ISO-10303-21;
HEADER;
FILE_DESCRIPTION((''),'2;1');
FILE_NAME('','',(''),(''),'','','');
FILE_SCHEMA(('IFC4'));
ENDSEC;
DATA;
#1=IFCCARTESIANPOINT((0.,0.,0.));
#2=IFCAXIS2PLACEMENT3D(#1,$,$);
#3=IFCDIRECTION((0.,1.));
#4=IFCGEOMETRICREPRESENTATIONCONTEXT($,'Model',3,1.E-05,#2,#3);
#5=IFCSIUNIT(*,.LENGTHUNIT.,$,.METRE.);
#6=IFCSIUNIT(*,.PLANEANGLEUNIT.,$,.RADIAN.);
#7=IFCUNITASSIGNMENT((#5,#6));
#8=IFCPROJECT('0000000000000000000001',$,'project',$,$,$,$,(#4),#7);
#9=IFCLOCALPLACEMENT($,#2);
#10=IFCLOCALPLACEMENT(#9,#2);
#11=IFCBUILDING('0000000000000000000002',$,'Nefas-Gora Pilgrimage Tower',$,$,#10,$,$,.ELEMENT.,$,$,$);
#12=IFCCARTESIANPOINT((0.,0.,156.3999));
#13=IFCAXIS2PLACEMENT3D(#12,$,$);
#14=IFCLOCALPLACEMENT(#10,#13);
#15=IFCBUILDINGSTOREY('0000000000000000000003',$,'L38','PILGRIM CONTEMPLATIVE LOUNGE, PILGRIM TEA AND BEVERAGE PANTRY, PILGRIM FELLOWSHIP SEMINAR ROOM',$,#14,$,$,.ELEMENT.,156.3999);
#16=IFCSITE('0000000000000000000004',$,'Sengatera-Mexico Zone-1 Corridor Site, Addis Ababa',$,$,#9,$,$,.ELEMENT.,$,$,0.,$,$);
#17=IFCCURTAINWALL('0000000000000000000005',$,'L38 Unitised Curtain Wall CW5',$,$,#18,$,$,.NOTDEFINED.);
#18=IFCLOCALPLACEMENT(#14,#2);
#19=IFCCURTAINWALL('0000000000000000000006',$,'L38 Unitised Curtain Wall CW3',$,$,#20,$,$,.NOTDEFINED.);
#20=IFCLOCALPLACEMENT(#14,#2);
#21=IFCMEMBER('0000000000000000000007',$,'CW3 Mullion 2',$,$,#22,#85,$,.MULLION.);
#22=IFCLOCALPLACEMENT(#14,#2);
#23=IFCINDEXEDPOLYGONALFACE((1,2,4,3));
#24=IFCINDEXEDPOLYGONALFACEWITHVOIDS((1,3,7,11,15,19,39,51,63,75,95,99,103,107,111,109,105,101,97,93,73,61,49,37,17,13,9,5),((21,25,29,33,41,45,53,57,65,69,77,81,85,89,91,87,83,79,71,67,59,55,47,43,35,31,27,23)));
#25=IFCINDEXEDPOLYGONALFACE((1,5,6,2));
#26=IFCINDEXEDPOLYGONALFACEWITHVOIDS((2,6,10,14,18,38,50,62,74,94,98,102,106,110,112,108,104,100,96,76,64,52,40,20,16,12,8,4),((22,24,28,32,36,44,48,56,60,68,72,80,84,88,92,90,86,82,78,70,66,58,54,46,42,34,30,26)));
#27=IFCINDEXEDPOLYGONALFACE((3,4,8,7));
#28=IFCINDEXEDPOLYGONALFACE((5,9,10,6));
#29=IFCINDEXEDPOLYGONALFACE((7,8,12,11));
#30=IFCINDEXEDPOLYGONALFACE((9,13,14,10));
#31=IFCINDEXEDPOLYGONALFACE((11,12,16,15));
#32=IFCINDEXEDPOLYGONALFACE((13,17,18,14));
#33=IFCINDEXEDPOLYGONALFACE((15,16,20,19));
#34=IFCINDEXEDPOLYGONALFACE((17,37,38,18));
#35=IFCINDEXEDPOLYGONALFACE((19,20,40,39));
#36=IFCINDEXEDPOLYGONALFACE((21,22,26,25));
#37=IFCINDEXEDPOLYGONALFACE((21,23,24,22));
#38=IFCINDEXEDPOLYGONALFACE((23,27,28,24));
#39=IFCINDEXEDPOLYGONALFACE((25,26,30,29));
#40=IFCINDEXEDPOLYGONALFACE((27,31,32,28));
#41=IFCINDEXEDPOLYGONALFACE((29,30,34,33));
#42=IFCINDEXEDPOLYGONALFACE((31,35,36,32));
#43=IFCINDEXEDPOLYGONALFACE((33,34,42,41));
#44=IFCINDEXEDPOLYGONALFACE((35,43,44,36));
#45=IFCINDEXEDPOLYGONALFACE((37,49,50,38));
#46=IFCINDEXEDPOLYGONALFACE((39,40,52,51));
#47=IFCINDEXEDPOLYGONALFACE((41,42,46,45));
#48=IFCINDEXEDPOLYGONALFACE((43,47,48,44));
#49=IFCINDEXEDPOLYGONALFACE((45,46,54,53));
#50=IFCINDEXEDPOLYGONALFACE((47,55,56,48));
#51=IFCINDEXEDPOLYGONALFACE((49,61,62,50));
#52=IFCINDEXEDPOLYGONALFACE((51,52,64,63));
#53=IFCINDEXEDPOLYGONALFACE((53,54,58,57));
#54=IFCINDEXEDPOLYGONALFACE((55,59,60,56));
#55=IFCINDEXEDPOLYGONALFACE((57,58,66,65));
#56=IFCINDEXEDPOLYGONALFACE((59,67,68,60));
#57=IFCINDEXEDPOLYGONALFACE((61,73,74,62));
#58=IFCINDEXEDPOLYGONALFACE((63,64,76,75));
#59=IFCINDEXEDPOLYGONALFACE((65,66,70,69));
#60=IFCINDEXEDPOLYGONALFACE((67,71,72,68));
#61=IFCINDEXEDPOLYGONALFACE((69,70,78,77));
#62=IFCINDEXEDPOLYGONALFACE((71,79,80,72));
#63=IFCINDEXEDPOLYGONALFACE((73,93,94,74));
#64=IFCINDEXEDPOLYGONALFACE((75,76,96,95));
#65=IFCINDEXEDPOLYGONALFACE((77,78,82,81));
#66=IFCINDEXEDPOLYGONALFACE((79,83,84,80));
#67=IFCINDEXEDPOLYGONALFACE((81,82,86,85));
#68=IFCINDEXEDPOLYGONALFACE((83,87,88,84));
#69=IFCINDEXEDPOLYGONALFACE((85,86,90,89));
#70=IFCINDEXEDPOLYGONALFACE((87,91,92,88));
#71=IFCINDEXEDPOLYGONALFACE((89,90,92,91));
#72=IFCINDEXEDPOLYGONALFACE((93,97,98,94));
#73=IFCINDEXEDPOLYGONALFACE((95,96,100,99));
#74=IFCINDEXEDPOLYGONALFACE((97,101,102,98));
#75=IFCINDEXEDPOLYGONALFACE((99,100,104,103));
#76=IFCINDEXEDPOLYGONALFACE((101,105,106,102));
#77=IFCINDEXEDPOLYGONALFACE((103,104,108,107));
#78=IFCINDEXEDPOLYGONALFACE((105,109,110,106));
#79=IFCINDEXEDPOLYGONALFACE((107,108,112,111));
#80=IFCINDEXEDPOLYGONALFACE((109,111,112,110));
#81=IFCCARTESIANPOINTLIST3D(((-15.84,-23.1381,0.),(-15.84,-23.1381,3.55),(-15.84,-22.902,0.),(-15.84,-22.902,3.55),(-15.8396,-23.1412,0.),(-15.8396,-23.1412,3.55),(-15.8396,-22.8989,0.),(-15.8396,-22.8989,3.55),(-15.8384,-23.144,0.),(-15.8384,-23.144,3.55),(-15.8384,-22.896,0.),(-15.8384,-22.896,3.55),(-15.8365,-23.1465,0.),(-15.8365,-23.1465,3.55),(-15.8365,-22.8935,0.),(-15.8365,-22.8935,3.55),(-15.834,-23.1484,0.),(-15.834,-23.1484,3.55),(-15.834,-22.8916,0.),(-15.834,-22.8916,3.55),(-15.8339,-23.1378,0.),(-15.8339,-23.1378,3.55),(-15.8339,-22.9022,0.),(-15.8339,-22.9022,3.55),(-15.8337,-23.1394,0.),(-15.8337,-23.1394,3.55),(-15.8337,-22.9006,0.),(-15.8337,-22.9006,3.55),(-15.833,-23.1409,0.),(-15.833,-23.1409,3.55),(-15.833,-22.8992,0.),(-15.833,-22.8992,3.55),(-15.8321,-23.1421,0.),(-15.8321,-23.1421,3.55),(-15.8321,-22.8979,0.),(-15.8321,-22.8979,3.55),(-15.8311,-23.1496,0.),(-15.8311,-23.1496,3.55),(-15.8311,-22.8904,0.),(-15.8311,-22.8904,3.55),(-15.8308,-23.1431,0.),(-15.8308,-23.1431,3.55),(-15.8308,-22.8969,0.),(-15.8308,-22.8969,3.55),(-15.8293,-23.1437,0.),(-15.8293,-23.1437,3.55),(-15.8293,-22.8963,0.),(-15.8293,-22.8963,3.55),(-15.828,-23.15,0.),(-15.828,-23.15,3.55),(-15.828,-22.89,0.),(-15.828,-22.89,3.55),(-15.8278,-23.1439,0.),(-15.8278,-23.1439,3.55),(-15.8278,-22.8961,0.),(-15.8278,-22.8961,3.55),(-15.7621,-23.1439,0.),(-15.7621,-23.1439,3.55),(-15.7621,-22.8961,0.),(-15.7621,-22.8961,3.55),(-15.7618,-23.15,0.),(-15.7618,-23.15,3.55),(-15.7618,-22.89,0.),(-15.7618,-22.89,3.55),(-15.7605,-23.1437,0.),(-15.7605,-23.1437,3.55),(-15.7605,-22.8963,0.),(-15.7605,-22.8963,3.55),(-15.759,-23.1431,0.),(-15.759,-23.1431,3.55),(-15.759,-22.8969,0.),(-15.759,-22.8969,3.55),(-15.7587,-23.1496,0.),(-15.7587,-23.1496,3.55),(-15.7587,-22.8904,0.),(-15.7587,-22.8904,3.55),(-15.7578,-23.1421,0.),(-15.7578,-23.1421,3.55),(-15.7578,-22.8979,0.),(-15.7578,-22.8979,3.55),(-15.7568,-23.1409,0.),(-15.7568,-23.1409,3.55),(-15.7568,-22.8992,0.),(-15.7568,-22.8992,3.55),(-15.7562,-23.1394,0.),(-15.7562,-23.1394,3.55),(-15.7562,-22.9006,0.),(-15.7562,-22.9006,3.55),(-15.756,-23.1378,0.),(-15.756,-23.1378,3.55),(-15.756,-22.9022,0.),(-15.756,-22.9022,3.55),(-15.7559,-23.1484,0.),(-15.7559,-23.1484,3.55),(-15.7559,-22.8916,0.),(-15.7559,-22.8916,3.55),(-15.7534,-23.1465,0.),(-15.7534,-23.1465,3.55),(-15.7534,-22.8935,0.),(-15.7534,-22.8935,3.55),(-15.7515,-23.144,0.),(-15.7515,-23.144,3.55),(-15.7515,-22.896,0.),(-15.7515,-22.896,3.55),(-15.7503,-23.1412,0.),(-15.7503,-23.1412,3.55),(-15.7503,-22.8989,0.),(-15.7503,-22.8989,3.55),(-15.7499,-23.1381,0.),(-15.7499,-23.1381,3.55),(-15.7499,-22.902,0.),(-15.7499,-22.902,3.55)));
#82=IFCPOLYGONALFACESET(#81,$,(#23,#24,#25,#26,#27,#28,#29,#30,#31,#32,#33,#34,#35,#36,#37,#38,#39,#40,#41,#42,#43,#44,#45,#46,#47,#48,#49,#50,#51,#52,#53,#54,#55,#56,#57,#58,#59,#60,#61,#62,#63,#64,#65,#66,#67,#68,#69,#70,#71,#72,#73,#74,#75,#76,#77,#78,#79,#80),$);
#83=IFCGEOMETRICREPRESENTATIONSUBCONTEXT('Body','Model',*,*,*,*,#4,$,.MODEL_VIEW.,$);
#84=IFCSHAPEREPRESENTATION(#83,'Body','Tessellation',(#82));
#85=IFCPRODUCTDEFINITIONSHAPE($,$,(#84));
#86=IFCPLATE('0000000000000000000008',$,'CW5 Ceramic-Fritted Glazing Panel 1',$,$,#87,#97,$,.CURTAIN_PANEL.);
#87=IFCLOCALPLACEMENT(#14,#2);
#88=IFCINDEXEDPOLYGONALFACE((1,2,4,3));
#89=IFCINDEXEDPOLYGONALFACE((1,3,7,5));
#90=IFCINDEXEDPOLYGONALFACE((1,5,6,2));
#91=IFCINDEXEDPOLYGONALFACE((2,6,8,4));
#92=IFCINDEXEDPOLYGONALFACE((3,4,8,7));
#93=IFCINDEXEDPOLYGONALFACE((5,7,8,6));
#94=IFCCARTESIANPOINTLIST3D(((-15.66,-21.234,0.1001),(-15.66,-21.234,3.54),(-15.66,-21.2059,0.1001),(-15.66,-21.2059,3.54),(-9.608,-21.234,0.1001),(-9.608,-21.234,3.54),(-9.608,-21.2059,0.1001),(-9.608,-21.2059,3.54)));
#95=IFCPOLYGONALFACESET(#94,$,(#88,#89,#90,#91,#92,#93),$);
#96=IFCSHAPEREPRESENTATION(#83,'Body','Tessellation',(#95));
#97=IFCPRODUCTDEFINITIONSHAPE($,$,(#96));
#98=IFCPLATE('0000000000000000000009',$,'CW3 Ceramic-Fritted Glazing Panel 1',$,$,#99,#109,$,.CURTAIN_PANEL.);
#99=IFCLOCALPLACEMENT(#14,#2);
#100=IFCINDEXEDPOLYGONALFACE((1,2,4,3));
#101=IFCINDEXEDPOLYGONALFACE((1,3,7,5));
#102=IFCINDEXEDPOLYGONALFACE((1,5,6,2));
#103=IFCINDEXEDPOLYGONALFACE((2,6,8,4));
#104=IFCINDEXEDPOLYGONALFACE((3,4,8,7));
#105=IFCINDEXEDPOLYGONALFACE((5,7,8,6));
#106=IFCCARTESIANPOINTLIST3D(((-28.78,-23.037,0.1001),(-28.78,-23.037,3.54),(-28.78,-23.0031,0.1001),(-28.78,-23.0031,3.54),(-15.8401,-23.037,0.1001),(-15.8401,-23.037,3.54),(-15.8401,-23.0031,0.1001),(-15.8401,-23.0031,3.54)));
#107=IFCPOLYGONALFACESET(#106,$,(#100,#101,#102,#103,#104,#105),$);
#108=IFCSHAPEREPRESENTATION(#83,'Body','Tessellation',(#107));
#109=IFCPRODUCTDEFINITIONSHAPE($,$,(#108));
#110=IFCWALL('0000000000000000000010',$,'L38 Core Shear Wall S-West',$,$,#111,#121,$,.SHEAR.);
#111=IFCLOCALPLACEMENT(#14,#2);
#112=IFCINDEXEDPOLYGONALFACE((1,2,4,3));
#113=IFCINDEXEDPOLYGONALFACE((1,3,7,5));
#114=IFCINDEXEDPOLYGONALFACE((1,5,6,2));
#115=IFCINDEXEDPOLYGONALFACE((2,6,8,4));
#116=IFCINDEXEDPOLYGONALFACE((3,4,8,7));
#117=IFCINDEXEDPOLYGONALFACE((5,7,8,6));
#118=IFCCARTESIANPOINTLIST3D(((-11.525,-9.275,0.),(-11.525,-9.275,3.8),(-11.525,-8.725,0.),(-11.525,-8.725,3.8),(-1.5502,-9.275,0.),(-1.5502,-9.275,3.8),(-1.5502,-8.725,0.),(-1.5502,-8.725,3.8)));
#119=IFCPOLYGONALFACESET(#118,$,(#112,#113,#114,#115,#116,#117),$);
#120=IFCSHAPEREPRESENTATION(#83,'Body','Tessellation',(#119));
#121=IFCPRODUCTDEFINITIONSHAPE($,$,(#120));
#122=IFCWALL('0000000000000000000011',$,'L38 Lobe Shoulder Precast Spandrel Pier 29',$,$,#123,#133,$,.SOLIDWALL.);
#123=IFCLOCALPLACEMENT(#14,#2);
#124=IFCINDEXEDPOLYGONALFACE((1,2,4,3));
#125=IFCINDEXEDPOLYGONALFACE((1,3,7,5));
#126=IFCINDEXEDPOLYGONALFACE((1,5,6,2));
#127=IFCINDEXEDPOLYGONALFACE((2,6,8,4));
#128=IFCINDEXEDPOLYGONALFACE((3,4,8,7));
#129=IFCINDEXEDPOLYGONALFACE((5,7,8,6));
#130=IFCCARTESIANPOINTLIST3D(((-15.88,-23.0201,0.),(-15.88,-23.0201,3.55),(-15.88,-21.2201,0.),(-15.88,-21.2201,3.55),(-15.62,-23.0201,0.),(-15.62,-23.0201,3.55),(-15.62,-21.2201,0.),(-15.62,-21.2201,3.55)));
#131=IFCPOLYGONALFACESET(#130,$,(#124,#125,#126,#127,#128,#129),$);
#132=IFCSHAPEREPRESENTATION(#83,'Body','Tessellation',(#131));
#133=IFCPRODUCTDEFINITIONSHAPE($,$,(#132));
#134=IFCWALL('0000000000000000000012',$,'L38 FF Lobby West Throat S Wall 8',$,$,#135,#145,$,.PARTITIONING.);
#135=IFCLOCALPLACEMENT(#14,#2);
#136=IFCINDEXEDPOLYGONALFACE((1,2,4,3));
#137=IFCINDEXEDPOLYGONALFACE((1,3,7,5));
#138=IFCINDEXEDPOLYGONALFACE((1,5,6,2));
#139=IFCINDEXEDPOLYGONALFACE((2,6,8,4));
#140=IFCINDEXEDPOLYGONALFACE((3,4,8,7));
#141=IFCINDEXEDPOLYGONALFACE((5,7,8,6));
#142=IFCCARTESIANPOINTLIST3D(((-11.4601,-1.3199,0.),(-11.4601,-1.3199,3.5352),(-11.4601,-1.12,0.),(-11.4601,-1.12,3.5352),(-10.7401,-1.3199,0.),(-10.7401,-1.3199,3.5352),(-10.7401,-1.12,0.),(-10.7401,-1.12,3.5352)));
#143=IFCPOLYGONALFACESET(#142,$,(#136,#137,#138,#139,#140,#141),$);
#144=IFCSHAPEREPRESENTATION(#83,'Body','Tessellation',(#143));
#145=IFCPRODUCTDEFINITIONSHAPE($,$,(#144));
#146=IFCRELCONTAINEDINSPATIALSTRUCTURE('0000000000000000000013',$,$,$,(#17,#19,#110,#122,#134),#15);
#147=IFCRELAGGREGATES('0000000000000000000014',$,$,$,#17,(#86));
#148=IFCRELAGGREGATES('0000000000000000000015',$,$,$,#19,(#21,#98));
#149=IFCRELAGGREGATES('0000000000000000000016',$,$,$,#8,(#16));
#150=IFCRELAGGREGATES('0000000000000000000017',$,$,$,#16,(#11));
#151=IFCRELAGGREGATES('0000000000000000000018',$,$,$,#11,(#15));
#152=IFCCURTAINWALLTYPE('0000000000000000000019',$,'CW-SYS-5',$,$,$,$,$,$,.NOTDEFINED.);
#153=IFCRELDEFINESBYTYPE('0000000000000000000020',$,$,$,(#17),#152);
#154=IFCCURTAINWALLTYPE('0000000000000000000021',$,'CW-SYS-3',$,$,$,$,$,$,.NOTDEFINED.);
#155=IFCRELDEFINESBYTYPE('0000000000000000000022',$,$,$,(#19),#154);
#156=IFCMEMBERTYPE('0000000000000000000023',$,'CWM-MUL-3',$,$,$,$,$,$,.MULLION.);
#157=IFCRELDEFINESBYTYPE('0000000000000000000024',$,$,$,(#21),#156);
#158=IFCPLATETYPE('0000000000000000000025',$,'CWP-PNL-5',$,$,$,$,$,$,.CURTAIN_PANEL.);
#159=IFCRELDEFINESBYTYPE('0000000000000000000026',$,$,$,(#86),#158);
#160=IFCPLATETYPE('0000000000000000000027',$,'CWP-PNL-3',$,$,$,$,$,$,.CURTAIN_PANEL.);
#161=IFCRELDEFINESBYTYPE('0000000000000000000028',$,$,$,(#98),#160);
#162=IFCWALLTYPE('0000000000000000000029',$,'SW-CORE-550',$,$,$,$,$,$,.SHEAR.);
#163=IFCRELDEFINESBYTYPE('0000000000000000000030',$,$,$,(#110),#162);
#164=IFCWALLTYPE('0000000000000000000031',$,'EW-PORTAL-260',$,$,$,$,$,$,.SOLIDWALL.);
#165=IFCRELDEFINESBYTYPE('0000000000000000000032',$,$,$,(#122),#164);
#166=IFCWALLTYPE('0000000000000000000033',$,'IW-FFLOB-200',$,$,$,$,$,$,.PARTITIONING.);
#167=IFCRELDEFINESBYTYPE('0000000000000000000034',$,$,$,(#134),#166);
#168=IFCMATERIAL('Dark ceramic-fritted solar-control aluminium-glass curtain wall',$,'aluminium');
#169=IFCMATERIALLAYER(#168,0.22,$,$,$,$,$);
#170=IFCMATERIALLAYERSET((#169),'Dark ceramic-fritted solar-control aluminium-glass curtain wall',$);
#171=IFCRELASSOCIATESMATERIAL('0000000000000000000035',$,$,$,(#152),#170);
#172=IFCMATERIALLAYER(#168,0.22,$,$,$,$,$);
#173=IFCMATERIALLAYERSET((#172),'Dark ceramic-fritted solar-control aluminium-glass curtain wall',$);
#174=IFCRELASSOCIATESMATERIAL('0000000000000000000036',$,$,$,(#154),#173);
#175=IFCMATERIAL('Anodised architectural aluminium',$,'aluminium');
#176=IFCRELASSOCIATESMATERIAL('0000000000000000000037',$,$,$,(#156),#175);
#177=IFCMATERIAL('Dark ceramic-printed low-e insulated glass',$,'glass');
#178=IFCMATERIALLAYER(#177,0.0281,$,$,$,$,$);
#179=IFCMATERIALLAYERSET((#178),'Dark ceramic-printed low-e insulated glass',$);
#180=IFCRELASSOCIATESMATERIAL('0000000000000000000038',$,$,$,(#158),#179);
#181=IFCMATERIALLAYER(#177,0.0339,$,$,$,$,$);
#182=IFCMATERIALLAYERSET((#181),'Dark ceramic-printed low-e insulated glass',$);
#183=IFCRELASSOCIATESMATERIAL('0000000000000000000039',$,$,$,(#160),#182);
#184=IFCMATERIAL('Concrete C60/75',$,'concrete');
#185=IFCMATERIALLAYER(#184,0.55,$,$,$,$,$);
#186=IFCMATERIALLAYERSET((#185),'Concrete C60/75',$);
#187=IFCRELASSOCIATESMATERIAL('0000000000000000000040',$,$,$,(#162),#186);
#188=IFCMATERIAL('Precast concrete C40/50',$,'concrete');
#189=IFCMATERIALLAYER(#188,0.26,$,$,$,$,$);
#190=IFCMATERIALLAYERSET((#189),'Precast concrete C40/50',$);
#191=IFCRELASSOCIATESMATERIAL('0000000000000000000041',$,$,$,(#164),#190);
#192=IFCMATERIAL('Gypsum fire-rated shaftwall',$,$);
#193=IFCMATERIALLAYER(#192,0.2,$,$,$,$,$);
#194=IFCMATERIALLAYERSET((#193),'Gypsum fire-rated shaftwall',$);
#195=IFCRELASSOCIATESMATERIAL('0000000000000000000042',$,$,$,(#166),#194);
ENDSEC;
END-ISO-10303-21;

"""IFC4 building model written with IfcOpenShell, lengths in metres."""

from ifc_helpers import new_model, si_unit, direction, frame, frame_2d, origin, origin_2d, place, context, subcontext, project, spatial, rectangle, hollow_rectangle, extrude, source, transform, mapped, material, layer, layer_set, material_profile, profile_set, type_object, element, aggregate, save


model = new_model("IFC4")

# Units and contexts
model_context = context("Model", 3, precision=1e-05, world=origin(), true_north=direction((0.0, 1.0)))
body_context = subcontext(model_context, "Body", "Model", "MODEL_VIEW")
ifc_project = project(units=[si_unit("LENGTHUNIT", "METRE"), si_unit("PLANEANGLEUNIT", "RADIAN")], contexts=[model_context])

# Site, building, storey
site_placement = place(None, origin())
site = spatial("IfcSite", under=ifc_project, at=site_placement, Name="Sengatera-Mexico Zone-1 Corridor Site, Addis Ababa", CompositionType="ELEMENT", RefElevation=0.0)
building_placement = place(site_placement, origin())
building = spatial("IfcBuilding", under=site, at=building_placement, Name="Nefas-Gora Pilgrimage Tower", CompositionType="ELEMENT")
storey_placement = place(building_placement, frame((0.0, 0.0, 156.3999)))
storey = spatial("IfcBuildingStorey", under=building, at=storey_placement, Name="L38", Description="PILGRIM CONTEMPLATIVE LOUNGE, PILGRIM TEA AND BEVERAGE PANTRY, PILGRIM FELLOWSHIP SEMINAR ROOM", CompositionType="ELEMENT", Elevation=156.3999)

# Curtain wall
ifc_material_1 = material(Name="Dark ceramic-fritted solar-control aluminium-glass curtain wall", Category="aluminium")
ifc_layer_1 = layer(ifc_material_1, 0.22)
ifc_layer_set_1 = layer_set([ifc_layer_1], Name="Dark ceramic-fritted solar-control aluminium-glass curtain wall")
curtain_wall_type_1 = type_object("IfcCurtainWallType", Name="CW-SYS-5", PredefinedType="NOTDEFINED", material=ifc_layer_set_1)
curtain_wall_1_placement = place(storey_placement, origin())
curtain_wall_1 = element("IfcCurtainWall", 1, at=curtain_wall_1_placement, inside=storey, type_object=curtain_wall_type_1, Name="L38 Unitised Curtain Wall CW5", PredefinedType="NOTDEFINED")
ifc_material_2 = material(Name="Anodised architectural aluminium", Category="aluminium")

# Curtain wall, member
ifc_layer_2 = layer(ifc_material_1, 0.22)
ifc_layer_set_2 = layer_set([ifc_layer_2], Name="Dark ceramic-fritted solar-control aluminium-glass curtain wall")
curtain_wall_type_2 = type_object("IfcCurtainWallType", Name="CW-SYS-3", PredefinedType="NOTDEFINED", material=ifc_layer_set_2)
curtain_wall_2_placement = place(storey_placement, origin())
curtain_wall_2 = element("IfcCurtainWall", 2, at=curtain_wall_2_placement, inside=storey, type_object=curtain_wall_type_2, Name="L38 Unitised Curtain Wall CW3", PredefinedType="NOTDEFINED")
ifc_material_profile_1 = material_profile(ifc_material_2, hollow_rectangle(XDim=0.0901, YDim=0.26, WallThickness=0.0061, InnerFilletRadius=0.0061, OuterFilletRadius=0.012, at=origin_2d()), Name="ALU MULLION 90x260")
ifc_profile_set_1 = profile_set([ifc_material_profile_1], Name="Anodised architectural aluminium")
member_type_1 = type_object("IfcMemberType", Name="CWM-MUL-3", PredefinedType="MULLION", material=ifc_profile_set_1)
shared_shape_1 = source(origin(), body_context, "Body", "SweptSolid", [
    extrude(hollow_rectangle(XDim=0.0901, YDim=0.26, WallThickness=0.0061, InnerFilletRadius=0.0061, OuterFilletRadius=0.012, at=origin_2d()), origin(), (0.0, 0.0, 1.0), 3.55),
])
member_1_placement = place(storey_placement, frame((-15.7949, -23.02, 0.0), z_axis=(0.0, 0.0, 1.0), x_axis=(1.0, 0.0, 0.0)))
member_1 = element("IfcMember", 3, at=member_1_placement, type_object=member_type_1, Name="CW3 Mullion 2", PredefinedType="MULLION", context=body_context, shape_type="MappedRepresentation", body=[
    mapped(shared_shape_1, transform((0.0, 0.0, 0.0), x_axis=(1.0, 0.0, 0.0), y_axis=(0.0, 1.0, 0.0), z_axis=(0.0, 0.0, 1.0), scale=1.0)),
])

# Plates
ifc_material_3 = material(Name="Dark ceramic-printed low-e insulated glass", Category="glass")
ifc_layer_3 = layer(ifc_material_3, 0.0281)
ifc_layer_set_3 = layer_set([ifc_layer_3], Name="Dark ceramic-printed low-e insulated glass")
plate_type_1 = type_object("IfcPlateType", Name="CWP-PNL-5", PredefinedType="CURTAIN_PANEL", material=ifc_layer_set_3)
shared_shape_2 = source(origin(), body_context, "Body", "SweptSolid", [
    extrude(rectangle(XDim=6.052, YDim=0.0281, at=origin_2d()), origin(), (0.0, 0.0, 1.0), 3.4399),
])
plate_1_placement = place(storey_placement, frame((-12.634, -21.22, 0.1001), z_axis=(0.0, 0.0, 1.0), x_axis=(1.0, 0.0, 0.0)))
plate_1 = element("IfcPlate", 4, at=plate_1_placement, type_object=plate_type_1, Name="CW5 Ceramic-Fritted Glazing Panel 1", PredefinedType="CURTAIN_PANEL", context=body_context, shape_type="MappedRepresentation", body=[
    mapped(shared_shape_2, transform((0.0, 0.0, 0.0), x_axis=(1.0, 0.0, 0.0), y_axis=(0.0, 1.0, 0.0), z_axis=(0.0, 0.0, 1.0), scale=1.0)),
])
aggregate(curtain_wall_1, [plate_1])
ifc_layer_4 = layer(ifc_material_3, 0.0339)
ifc_layer_set_4 = layer_set([ifc_layer_4], Name="Dark ceramic-printed low-e insulated glass")
plate_type_2 = type_object("IfcPlateType", Name="CWP-PNL-3", PredefinedType="CURTAIN_PANEL", material=ifc_layer_set_4)
shared_shape_3 = source(origin(), body_context, "Body", "SweptSolid", [
    extrude(rectangle(XDim=12.9399, YDim=0.0339, at=origin_2d()), origin(), (0.0, 0.0, 1.0), 3.4399),
])
plate_2_placement = place(storey_placement, frame((-22.3101, -23.02, 0.1001), z_axis=(0.0, 0.0, 1.0), x_axis=(1.0, 0.0, 0.0)))
plate_2 = element("IfcPlate", 5, at=plate_2_placement, type_object=plate_type_2, Name="CW3 Ceramic-Fritted Glazing Panel 1", PredefinedType="CURTAIN_PANEL", context=body_context, shape_type="MappedRepresentation", body=[
    mapped(shared_shape_3, transform((0.0, 0.0, 0.0), x_axis=(1.0, 0.0, 0.0), y_axis=(0.0, 1.0, 0.0), z_axis=(0.0, 0.0, 1.0), scale=1.0)),
])
aggregate(curtain_wall_2, [member_1, plate_2])

# Walls
ifc_material_4 = material(Name="Concrete C60/75", Category="concrete")
ifc_layer_5 = layer(ifc_material_4, 0.55)
ifc_layer_set_5 = layer_set([ifc_layer_5], Name="Concrete C60/75")
wall_type_1 = type_object("IfcWallType", Name="SW-CORE-550", PredefinedType="SHEAR", material=ifc_layer_set_5)
shared_shape_4 = source(origin(), body_context, "Body", "SweptSolid", [
    extrude(rectangle(XDim=9.9749, YDim=0.55, at=frame_2d((4.9873, 0.0))), origin(), (0.0, 0.0, 1.0), 3.8),
])
wall_1_placement = place(storey_placement, frame((-11.5249, -9.0, 0.0), z_axis=(0.0, 0.0, 1.0), x_axis=(1.0, 0.0, 0.0)))
element("IfcWall", 6, at=wall_1_placement, inside=storey, type_object=wall_type_1, Name="L38 Core Shear Wall S-West", PredefinedType="SHEAR", context=body_context, shape_type="MappedRepresentation", body=[
    mapped(shared_shape_4, transform((0.0, 0.0, 0.0), x_axis=(1.0, 0.0, 0.0), y_axis=(0.0, 1.0, 0.0), z_axis=(0.0, 0.0, 1.0), scale=1.0)),
])
ifc_material_5 = material(Name="Precast concrete C40/50", Category="concrete")
ifc_layer_6 = layer(ifc_material_5, 0.26)
ifc_layer_set_6 = layer_set([ifc_layer_6], Name="Precast concrete C40/50")
wall_type_2 = type_object("IfcWallType", Name="EW-PORTAL-260", PredefinedType="SOLIDWALL", material=ifc_layer_set_6)
shared_shape_5 = source(origin(), body_context, "Body", "SweptSolid", [
    extrude(rectangle(XDim=1.8, YDim=0.26, at=frame_2d((0.8999, 0.0))), origin(), (0.0, 0.0, 1.0), 3.55),
])
wall_2_placement = place(storey_placement, frame((-15.75, -23.02, 0.0), z_axis=(0.0, 0.0, 1.0), x_axis=(0.0, 1.0, 0.0)))
element("IfcWall", 7, at=wall_2_placement, inside=storey, type_object=wall_type_2, Name="L38 Lobe Shoulder Precast Spandrel Pier 29", PredefinedType="SOLIDWALL", context=body_context, shape_type="MappedRepresentation", body=[
    mapped(shared_shape_5, transform((0.0, 0.0, 0.0), x_axis=(1.0, 0.0, 0.0), y_axis=(0.0, 1.0, 0.0), z_axis=(0.0, 0.0, 1.0), scale=1.0)),
])

# Shared definitions
ifc_material_6 = material(Name="Gypsum fire-rated shaftwall")
ifc_layer_7 = layer(ifc_material_6, 0.2)
ifc_layer_set_7 = layer_set([ifc_layer_7], Name="Gypsum fire-rated shaftwall")
wall_type_3 = type_object("IfcWallType", Name="IW-FFLOB-200", PredefinedType="PARTITIONING", material=ifc_layer_set_7)

# Wall
shared_shape_6 = source(origin(), body_context, "Body", "SweptSolid", [
    extrude(rectangle(XDim=0.72, YDim=0.2, at=frame_2d((0.3599, 0.0))), origin(), (0.0, 0.0, 1.0), 3.5352),
])
wall_3_placement = place(storey_placement, frame((-11.46, -1.22, 0.0), z_axis=(0.0, 0.0, 1.0), x_axis=(1.0, 0.0, 0.0)))
element("IfcWall", 8, at=wall_3_placement, inside=storey, type_object=wall_type_3, Name="L38 FF Lobby West Throat S Wall 8", PredefinedType="PARTITIONING", context=body_context, shape_type="MappedRepresentation", body=[
    mapped(shared_shape_6, transform((0.0, 0.0, 0.0), x_axis=(1.0, 0.0, 0.0), y_axis=(0.0, 1.0, 0.0), z_axis=(0.0, 0.0, 1.0), scale=1.0)),
])

save(model, "model.ifc")
